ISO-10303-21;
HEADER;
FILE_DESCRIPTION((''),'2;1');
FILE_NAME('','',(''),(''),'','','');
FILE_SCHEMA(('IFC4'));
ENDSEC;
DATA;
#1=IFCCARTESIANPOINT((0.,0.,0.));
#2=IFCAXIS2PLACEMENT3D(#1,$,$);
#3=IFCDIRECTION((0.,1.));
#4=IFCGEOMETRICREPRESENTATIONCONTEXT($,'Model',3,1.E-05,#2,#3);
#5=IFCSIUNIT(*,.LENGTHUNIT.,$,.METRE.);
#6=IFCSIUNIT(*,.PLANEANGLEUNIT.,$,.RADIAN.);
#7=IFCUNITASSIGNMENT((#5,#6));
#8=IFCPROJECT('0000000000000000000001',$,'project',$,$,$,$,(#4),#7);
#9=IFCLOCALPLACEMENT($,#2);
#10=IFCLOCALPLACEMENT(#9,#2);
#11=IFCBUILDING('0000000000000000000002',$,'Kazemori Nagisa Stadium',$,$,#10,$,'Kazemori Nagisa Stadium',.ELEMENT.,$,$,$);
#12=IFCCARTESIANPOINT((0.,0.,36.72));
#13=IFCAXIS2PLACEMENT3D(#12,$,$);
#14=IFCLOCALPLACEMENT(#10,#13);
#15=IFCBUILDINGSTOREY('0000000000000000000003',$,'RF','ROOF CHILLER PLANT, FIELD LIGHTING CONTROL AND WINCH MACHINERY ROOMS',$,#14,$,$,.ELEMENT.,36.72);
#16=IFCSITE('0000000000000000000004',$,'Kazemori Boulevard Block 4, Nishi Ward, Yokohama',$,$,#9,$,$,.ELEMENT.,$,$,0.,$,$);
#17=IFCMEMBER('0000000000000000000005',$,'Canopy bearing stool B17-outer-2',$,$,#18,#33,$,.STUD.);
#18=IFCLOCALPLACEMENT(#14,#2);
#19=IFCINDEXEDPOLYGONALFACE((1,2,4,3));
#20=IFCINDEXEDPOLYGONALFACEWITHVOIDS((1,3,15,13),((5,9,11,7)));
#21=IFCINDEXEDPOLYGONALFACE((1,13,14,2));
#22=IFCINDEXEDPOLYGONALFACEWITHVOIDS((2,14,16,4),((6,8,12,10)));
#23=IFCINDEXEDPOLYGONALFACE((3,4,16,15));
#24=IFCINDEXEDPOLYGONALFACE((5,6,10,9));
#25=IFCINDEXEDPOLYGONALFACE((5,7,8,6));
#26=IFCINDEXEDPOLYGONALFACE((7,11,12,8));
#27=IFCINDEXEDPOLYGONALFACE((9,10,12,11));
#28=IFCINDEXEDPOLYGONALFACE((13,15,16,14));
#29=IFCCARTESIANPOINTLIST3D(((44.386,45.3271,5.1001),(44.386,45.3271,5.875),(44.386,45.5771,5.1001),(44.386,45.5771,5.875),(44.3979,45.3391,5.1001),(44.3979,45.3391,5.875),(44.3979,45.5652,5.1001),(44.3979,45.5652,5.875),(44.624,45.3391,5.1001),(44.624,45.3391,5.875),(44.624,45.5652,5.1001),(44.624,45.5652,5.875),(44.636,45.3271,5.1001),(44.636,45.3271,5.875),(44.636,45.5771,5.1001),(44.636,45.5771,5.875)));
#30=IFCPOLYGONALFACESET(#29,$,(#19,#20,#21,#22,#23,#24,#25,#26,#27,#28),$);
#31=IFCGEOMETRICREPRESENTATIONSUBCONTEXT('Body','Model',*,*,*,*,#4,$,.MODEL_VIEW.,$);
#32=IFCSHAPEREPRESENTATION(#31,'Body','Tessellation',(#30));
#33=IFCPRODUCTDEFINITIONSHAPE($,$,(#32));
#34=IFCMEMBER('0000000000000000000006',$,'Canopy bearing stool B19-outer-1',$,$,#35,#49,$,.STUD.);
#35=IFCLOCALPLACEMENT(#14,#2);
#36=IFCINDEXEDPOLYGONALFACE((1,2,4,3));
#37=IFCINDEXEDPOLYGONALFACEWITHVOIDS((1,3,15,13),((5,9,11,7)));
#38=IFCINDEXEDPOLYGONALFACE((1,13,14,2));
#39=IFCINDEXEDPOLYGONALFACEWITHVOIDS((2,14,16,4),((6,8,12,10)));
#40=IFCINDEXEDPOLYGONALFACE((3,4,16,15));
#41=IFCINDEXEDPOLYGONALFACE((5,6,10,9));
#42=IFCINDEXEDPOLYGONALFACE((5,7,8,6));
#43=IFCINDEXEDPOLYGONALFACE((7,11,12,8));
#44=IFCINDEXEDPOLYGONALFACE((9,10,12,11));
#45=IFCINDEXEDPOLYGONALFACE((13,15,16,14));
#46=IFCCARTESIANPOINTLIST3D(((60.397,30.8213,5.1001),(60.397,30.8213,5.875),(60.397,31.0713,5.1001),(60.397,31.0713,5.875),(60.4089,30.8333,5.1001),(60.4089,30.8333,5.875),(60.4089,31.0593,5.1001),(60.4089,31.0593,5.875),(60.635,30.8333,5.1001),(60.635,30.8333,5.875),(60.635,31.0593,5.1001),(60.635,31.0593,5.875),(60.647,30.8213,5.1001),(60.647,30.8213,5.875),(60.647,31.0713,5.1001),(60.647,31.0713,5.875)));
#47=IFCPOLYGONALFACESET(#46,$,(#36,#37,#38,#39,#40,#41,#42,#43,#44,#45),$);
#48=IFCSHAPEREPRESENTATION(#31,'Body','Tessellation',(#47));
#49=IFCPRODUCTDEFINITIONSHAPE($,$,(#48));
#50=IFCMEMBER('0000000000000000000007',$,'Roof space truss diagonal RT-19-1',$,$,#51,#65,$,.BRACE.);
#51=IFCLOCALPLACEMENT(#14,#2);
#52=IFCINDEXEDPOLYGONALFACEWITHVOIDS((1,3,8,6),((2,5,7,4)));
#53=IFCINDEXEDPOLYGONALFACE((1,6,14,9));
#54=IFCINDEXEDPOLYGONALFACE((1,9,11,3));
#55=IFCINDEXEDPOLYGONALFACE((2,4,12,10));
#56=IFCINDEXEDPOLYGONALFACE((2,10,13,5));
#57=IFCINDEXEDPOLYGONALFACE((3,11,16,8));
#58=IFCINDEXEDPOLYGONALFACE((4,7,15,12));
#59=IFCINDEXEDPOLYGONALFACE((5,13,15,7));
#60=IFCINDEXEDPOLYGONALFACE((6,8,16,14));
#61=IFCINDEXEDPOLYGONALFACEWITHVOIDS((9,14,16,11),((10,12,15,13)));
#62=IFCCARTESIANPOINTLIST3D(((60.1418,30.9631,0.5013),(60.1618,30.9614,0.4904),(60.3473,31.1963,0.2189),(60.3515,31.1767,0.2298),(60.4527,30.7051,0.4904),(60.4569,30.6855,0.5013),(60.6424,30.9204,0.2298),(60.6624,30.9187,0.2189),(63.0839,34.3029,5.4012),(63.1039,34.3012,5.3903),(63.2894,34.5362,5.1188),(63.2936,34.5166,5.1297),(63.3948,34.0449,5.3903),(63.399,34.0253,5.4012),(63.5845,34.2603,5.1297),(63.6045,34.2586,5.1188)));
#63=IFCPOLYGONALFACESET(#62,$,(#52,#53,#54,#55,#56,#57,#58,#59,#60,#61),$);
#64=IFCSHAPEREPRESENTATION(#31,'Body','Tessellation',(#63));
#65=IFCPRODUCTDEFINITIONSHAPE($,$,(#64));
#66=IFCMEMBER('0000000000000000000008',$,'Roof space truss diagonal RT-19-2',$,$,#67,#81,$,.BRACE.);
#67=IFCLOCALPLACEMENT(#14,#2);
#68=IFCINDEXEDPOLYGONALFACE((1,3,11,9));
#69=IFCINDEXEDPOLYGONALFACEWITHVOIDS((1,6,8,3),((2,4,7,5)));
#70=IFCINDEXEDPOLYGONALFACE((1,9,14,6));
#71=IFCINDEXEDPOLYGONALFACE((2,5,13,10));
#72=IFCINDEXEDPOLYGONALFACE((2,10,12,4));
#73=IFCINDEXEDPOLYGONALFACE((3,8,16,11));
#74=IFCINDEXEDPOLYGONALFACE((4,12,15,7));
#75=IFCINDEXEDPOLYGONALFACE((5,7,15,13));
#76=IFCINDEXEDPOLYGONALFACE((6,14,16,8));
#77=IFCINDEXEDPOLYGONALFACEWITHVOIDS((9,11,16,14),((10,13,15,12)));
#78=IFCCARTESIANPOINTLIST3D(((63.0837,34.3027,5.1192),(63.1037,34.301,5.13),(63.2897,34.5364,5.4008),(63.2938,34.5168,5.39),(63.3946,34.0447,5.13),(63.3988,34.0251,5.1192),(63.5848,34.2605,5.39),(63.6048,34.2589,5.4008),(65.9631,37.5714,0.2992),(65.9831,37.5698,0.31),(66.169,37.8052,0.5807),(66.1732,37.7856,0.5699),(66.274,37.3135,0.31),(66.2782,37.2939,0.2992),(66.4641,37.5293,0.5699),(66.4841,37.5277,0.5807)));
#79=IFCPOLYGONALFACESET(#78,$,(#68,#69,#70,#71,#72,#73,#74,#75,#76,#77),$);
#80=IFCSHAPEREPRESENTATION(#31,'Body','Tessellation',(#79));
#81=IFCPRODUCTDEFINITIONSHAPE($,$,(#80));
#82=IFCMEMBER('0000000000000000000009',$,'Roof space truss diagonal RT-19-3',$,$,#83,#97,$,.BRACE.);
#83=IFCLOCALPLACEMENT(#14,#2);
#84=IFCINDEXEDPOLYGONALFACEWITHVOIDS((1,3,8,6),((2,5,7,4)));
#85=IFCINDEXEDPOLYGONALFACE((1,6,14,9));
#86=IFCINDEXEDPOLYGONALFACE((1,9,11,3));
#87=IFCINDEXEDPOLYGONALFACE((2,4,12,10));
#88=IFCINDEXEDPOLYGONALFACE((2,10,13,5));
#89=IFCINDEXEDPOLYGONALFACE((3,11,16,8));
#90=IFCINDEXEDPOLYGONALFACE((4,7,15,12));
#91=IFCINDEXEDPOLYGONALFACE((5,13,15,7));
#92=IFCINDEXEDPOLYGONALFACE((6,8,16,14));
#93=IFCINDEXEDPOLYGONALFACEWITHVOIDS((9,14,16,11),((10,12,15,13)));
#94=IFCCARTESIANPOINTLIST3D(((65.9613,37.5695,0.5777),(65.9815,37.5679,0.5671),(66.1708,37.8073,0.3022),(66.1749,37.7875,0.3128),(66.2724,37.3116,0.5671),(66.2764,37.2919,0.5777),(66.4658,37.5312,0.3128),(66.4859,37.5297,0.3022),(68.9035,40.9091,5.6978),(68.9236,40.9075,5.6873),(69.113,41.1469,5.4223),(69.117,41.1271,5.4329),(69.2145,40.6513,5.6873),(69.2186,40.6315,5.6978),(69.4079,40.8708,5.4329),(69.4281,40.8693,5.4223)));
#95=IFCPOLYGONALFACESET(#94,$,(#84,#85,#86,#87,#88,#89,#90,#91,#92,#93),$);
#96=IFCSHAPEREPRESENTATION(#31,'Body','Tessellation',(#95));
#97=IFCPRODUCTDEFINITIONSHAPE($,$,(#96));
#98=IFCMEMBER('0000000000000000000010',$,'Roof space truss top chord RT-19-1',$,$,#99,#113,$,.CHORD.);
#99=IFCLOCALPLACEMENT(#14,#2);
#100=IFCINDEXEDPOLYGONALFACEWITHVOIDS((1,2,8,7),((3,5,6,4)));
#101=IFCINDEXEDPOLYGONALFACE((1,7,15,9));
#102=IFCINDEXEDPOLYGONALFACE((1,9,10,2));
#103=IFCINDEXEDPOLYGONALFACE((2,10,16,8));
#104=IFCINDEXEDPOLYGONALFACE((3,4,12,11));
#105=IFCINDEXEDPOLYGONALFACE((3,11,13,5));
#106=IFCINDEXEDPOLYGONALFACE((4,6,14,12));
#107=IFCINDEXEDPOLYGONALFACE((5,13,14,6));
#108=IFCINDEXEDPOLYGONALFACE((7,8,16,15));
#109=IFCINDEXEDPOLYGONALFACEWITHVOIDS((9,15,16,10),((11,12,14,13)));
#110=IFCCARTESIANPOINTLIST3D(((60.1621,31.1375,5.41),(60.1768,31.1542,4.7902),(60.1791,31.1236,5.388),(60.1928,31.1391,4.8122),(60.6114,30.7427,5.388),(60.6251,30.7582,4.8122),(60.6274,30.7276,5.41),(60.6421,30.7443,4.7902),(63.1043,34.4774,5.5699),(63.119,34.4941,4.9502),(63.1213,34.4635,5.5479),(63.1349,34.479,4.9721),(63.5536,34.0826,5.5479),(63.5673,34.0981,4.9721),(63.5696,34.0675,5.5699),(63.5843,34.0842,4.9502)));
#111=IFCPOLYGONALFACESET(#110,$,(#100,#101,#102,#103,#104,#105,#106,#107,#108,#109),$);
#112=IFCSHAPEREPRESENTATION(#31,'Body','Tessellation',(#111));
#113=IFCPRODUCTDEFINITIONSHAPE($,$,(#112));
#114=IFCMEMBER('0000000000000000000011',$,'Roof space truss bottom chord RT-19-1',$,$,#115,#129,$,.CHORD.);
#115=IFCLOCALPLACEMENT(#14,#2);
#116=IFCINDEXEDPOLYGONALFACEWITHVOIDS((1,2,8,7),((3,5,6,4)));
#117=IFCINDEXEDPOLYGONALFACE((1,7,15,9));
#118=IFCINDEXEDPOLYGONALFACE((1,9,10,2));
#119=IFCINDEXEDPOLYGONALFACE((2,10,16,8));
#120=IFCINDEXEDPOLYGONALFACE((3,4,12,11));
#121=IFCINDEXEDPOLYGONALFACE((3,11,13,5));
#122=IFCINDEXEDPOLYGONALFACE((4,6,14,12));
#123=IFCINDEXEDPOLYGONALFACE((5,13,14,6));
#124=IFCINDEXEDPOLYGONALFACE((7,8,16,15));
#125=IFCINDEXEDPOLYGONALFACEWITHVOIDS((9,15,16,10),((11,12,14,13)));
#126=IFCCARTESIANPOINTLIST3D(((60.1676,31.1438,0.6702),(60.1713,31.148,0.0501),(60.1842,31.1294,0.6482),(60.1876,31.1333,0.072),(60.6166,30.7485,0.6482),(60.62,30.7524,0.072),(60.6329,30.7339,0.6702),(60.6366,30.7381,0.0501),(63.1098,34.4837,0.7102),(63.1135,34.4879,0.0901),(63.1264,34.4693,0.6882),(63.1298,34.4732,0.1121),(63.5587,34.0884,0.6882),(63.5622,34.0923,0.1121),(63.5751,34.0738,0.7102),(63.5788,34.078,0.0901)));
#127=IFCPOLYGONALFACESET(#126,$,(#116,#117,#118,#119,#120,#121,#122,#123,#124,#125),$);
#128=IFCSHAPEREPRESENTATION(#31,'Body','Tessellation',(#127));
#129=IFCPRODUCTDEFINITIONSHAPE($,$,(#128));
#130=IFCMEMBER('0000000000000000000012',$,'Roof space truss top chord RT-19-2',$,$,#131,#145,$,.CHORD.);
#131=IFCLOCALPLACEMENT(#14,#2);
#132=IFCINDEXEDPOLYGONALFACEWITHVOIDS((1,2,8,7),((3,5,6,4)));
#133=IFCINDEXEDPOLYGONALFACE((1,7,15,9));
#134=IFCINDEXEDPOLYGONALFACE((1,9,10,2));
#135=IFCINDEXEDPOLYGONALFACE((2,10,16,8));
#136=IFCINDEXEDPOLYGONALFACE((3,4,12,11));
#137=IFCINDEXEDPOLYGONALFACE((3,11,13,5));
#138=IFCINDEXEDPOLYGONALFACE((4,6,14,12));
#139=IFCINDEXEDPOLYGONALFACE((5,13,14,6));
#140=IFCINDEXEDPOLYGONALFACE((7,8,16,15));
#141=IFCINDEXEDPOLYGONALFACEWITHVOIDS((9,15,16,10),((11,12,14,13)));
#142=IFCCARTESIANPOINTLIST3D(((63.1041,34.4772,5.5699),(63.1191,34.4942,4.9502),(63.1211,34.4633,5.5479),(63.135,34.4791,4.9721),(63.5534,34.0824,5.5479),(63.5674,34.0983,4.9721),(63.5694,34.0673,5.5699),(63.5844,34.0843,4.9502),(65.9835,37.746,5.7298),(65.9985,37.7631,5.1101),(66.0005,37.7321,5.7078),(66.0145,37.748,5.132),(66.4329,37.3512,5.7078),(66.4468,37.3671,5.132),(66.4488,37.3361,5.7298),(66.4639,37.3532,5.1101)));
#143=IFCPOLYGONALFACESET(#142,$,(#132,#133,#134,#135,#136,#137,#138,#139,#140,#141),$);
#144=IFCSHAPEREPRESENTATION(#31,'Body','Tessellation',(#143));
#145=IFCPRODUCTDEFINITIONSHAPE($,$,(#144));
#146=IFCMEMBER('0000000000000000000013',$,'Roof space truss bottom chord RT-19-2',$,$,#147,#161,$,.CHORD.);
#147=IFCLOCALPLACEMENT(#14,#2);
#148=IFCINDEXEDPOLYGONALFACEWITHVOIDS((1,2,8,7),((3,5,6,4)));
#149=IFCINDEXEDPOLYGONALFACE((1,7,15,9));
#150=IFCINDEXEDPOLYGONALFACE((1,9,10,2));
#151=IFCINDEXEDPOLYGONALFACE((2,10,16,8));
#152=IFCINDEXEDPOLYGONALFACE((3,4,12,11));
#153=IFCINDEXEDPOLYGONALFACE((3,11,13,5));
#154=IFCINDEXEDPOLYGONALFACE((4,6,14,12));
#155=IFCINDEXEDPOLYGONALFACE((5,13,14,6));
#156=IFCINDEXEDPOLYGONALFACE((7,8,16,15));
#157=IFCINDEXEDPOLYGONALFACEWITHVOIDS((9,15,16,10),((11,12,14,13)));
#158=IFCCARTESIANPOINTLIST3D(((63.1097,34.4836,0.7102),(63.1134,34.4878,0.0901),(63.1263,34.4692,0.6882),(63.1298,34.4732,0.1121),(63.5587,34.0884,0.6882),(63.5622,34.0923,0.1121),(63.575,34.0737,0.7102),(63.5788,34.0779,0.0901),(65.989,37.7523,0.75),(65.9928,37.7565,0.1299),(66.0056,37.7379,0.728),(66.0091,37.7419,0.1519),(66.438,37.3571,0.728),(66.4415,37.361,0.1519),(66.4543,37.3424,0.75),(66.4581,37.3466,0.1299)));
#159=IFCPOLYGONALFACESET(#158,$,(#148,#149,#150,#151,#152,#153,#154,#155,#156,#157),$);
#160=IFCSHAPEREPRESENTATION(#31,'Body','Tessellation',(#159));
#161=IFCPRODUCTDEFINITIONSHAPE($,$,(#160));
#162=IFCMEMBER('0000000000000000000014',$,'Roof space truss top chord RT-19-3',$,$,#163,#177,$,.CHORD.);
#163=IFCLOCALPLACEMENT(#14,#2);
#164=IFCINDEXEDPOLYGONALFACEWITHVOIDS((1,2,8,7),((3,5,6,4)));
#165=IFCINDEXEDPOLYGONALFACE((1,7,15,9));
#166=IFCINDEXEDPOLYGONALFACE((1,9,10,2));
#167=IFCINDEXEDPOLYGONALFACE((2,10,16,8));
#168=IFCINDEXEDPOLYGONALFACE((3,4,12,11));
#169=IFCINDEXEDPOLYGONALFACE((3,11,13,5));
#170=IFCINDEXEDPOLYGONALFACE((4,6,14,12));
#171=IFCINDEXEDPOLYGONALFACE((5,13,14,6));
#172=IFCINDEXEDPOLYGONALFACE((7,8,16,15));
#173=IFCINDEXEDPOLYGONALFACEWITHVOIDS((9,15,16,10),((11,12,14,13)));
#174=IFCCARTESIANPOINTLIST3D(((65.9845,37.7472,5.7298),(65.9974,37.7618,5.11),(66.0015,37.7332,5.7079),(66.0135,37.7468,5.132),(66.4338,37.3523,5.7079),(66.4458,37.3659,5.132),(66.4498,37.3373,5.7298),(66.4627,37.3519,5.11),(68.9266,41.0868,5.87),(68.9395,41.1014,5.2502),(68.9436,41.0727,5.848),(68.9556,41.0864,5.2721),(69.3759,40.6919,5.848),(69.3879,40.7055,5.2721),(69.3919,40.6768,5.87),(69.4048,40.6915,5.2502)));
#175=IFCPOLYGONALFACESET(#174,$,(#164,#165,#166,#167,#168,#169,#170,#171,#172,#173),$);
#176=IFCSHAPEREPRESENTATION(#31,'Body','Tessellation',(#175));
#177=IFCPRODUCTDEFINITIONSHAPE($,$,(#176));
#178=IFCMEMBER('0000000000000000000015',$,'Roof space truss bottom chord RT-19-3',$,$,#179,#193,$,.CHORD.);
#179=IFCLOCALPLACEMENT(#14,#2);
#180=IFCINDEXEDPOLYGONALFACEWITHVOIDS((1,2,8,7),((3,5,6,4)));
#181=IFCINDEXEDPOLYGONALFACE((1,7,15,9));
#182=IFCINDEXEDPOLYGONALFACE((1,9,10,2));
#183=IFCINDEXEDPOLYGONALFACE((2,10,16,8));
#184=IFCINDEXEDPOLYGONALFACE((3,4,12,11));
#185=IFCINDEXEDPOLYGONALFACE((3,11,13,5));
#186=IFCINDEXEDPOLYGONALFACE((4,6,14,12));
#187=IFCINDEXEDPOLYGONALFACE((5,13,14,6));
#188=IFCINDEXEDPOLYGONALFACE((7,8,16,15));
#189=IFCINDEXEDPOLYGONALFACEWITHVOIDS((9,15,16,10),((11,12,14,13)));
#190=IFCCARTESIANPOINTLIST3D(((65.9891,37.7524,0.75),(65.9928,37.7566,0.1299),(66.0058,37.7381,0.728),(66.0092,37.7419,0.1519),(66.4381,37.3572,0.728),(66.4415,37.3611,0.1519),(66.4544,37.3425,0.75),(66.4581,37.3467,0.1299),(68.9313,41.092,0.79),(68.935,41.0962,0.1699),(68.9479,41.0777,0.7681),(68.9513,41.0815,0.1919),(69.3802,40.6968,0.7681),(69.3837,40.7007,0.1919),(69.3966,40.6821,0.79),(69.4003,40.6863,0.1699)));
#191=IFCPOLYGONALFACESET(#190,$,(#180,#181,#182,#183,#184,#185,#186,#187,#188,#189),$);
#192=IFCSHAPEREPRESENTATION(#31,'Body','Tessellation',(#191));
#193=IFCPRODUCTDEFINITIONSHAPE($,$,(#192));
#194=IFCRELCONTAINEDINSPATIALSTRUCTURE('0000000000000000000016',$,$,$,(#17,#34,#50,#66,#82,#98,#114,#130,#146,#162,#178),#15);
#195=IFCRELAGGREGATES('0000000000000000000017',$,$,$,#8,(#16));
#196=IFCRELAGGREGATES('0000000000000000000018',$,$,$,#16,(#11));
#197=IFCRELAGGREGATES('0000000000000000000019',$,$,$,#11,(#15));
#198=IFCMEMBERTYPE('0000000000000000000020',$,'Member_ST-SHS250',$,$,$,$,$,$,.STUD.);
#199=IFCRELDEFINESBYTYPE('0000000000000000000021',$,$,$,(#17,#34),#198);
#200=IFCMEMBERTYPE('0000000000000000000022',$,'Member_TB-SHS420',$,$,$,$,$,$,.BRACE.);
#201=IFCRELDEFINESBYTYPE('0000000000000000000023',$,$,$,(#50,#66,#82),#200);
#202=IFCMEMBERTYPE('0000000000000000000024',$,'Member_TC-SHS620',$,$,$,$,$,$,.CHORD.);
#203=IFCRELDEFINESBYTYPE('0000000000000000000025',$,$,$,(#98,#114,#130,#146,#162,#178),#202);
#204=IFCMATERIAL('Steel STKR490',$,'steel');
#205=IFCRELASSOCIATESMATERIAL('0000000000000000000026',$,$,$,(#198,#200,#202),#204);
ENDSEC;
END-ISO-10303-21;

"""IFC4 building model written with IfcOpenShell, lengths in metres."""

from ifc_helpers import new_model, si_unit, direction, frame, origin, origin_2d, place, context, subcontext, project, spatial, hollow_rectangle, extrude, material, material_profile, profile_set, type_object, element, save


model = new_model("IFC4")

# Units and contexts
model_context = context("Model", 3, precision=1e-05, world=origin(), true_north=direction((0.0, 1.0)))
body_context = subcontext(model_context, "Body", "Model", "MODEL_VIEW")
ifc_project = project(units=[si_unit("LENGTHUNIT", "METRE"), si_unit("PLANEANGLEUNIT", "RADIAN")], contexts=[model_context])

# Site, building, storey
site_placement = place(None, origin())
site = spatial("IfcSite", under=ifc_project, at=site_placement, Name="Kazemori Boulevard Block 4, Nishi Ward, Yokohama", CompositionType="ELEMENT", RefElevation=0.0)
building_placement = place(site_placement, origin())
building = spatial("IfcBuilding", under=site, at=building_placement, Name="Kazemori Nagisa Stadium", LongName="Kazemori Nagisa Stadium", CompositionType="ELEMENT")
storey_placement = place(building_placement, frame((0.0, 0.0, 36.72)))
storey = spatial("IfcBuildingStorey", under=building, at=storey_placement, Name="RF", Description="ROOF CHILLER PLANT, FIELD LIGHTING CONTROL AND WINCH MACHINERY ROOMS", CompositionType="ELEMENT", Elevation=36.72)

# Members
ifc_material_1 = material(Name="Steel STKR490", Category="steel")
ifc_material_profile_1 = material_profile(ifc_material_1, hollow_rectangle(XDim=0.25, YDim=0.25, WallThickness=0.012, at=origin_2d()), Name="SHS-250x250x12")
ifc_profile_set_1 = profile_set([ifc_material_profile_1], Name="Steel STKR490")
member_type_1 = type_object("IfcMemberType", Name="Member_ST-SHS250", PredefinedType="STUD", material=ifc_profile_set_1)
for number, where, z_axis, x_axis, name in (
    (1, (44.511, 45.4521, 5.1001), (0.0, 0.0, 1.0), (1.0, 0.0, 0.0), "Canopy bearing stool B17-outer-2"),
    (2, (60.522, 30.9463, 5.1001), (0.0, 0.0, 1.0), (1.0, 0.0, 0.0), "Canopy bearing stool B19-outer-1"),
):
    element("IfcMember", number, at=place(storey_placement, frame(where, z_axis=z_axis, x_axis=x_axis)), inside=storey, type_object=member_type_1, Name=name, PredefinedType="STUD", context=body_context, shape_type="SweptSolid", body=[
        extrude(hollow_rectangle(XDim=0.25, YDim=0.25, WallThickness=0.012, at=origin_2d()), origin(), (0.0, 0.0, 1.0), 0.7749),
    ])
ifc_material_profile_2 = material_profile(ifc_material_1, hollow_rectangle(XDim=0.4199, YDim=0.4199, WallThickness=0.0161, at=origin_2d()), Name="SHS-420x420x16")
ifc_profile_set_2 = profile_set([ifc_material_profile_2], Name="Steel STKR490")
member_type_2 = type_object("IfcMemberType", Name="Member_TB-SHS420", PredefinedType="BRACE", material=ifc_profile_set_2)
member_1_placement = place(storey_placement, frame((60.4021, 30.9409, 0.3601), z_axis=(0.444455, 0.504535, 0.740206), x_axis=(-0.750371, 0.661017, 0.0)))
element("IfcMember", 3, at=member_1_placement, inside=storey, type_object=member_type_2, Name="Roof space truss diagonal RT-19-1", PredefinedType="BRACE", context=body_context, shape_type="SweptSolid", body=[
    extrude(hollow_rectangle(XDim=0.4199, YDim=0.4199, WallThickness=0.0161, at=origin_2d()), origin(), (0.0, 0.0, 1.0), 6.6196),
])
member_2_placement = place(storey_placement, frame((63.3442, 34.2808, 5.26), z_axis=(0.443199, 0.503136, -0.741909), x_axis=(-0.750389, 0.660997, 0.0)))
element("IfcMember", 4, at=member_2_placement, inside=storey, type_object=member_type_2, Name="Roof space truss diagonal RT-19-2", PredefinedType="BRACE", context=body_context, shape_type="SweptSolid", body=[
    extrude(hollow_rectangle(XDim=0.4199, YDim=0.4199, WallThickness=0.0161, at=origin_2d()), origin(), (0.0, 0.0, 1.0), 6.4968),
])
member_3_placement = place(storey_placement, frame((66.2236, 37.5496, 0.4399), z_axis=(0.433678, 0.492265, 0.754717), x_axis=(-0.750347, 0.661045, 0.0)))
element("IfcMember", 5, at=member_3_placement, inside=storey, type_object=member_type_2, Name="Roof space truss diagonal RT-19-3", PredefinedType="BRACE", context=body_context, shape_type="SweptSolid", body=[
    extrude(hollow_rectangle(XDim=0.4199, YDim=0.4199, WallThickness=0.0161, at=origin_2d()), origin(), (0.0, 0.0, 1.0), 6.7842),
])
ifc_material_profile_3 = material_profile(ifc_material_1, hollow_rectangle(XDim=0.6201, YDim=0.6201, WallThickness=0.022, at=origin_2d()), Name="SHS-620x620x22")
ifc_profile_set_3 = profile_set([ifc_material_profile_3], Name="Steel STKR490")
member_type_3 = type_object("IfcMemberType", Name="Member_TC-SHS620", PredefinedType="CHORD", material=ifc_profile_set_3)
member_4_placement = place(storey_placement, frame((60.4021, 30.9409, 5.1001), z_axis=(0.660591, 0.749887, 0.035905), x_axis=(-0.750371, 0.661017, 0.0)))
element("IfcMember", 6, at=member_4_placement, inside=storey, type_object=member_type_3, Name="Roof space truss top chord RT-19-1", PredefinedType="CHORD", context=body_context, shape_type="SweptSolid", body=[
    extrude(hollow_rectangle(XDim=0.6201, YDim=0.6201, WallThickness=0.022, at=origin_2d()), origin(), (0.0, 0.0, 1.0), 4.4539),
])
member_5_placement = place(storey_placement, frame((60.4021, 30.9409, 0.3601), z_axis=(0.660991, 0.75034, 0.008995), x_axis=(-0.750371, 0.661017, 0.0)))
element("IfcMember", 7, at=member_5_placement, inside=storey, type_object=member_type_3, Name="Roof space truss bottom chord RT-19-1", PredefinedType="CHORD", context=body_context, shape_type="SweptSolid", body=[
    extrude(hollow_rectangle(XDim=0.6201, YDim=0.6201, WallThickness=0.022, at=origin_2d()), origin(), (0.0, 0.0, 1.0), 4.4512),
])
member_6_placement = place(storey_placement, frame((63.3442, 34.2808, 5.26), z_axis=(0.660552, 0.749884, 0.036685), x_axis=(-0.750389, 0.660997, 0.0)))
element("IfcMember", 8, at=member_6_placement, inside=storey, type_object=member_type_3, Name="Roof space truss top chord RT-19-2", PredefinedType="CHORD", context=body_context, shape_type="SweptSolid", body=[
    extrude(hollow_rectangle(XDim=0.6201, YDim=0.6201, WallThickness=0.022, at=origin_2d()), origin(), (0.0, 0.0, 1.0), 4.3591),
])
member_7_placement = place(storey_placement, frame((63.3442, 34.2808, 0.4001), z_axis=(0.660969, 0.750357, 0.009135), x_axis=(-0.750389, 0.660997, 0.0)))
element("IfcMember", 9, at=member_7_placement, inside=storey, type_object=member_type_3, Name="Roof space truss bottom chord RT-19-2", PredefinedType="CHORD", context=body_context, shape_type="SweptSolid", body=[
    extrude(hollow_rectangle(XDim=0.6201, YDim=0.6201, WallThickness=0.022, at=origin_2d()), origin(), (0.0, 0.0, 1.0), 4.3562),
])
member_8_placement = place(storey_placement, frame((66.2236, 37.5496, 5.4199), z_axis=(0.660717, 0.749975, 0.031471), x_axis=(-0.750347, 0.661045, 0.0)))
element("IfcMember", 10, at=member_8_placement, inside=storey, type_object=member_type_3, Name="Roof space truss top chord RT-19-3", PredefinedType="CHORD", context=body_context, shape_type="SweptSolid", body=[
    extrude(hollow_rectangle(XDim=0.6201, YDim=0.6201, WallThickness=0.022, at=origin_2d()), origin(), (0.0, 0.0, 1.0), 4.4529),
])
member_9_placement = place(storey_placement, frame((66.2236, 37.5496, 0.4399), z_axis=(0.661018, 0.750316, 0.008996), x_axis=(-0.750347, 0.661045, 0.0)))
element("IfcMember", 11, at=member_9_placement, inside=storey, type_object=member_type_3, Name="Roof space truss bottom chord RT-19-3", PredefinedType="CHORD", context=body_context, shape_type="SweptSolid", body=[
    extrude(hollow_rectangle(XDim=0.6201, YDim=0.6201, WallThickness=0.022, at=origin_2d()), origin(), (0.0, 0.0, 1.0), 4.4509),
])

save(model, "model.ifc")
